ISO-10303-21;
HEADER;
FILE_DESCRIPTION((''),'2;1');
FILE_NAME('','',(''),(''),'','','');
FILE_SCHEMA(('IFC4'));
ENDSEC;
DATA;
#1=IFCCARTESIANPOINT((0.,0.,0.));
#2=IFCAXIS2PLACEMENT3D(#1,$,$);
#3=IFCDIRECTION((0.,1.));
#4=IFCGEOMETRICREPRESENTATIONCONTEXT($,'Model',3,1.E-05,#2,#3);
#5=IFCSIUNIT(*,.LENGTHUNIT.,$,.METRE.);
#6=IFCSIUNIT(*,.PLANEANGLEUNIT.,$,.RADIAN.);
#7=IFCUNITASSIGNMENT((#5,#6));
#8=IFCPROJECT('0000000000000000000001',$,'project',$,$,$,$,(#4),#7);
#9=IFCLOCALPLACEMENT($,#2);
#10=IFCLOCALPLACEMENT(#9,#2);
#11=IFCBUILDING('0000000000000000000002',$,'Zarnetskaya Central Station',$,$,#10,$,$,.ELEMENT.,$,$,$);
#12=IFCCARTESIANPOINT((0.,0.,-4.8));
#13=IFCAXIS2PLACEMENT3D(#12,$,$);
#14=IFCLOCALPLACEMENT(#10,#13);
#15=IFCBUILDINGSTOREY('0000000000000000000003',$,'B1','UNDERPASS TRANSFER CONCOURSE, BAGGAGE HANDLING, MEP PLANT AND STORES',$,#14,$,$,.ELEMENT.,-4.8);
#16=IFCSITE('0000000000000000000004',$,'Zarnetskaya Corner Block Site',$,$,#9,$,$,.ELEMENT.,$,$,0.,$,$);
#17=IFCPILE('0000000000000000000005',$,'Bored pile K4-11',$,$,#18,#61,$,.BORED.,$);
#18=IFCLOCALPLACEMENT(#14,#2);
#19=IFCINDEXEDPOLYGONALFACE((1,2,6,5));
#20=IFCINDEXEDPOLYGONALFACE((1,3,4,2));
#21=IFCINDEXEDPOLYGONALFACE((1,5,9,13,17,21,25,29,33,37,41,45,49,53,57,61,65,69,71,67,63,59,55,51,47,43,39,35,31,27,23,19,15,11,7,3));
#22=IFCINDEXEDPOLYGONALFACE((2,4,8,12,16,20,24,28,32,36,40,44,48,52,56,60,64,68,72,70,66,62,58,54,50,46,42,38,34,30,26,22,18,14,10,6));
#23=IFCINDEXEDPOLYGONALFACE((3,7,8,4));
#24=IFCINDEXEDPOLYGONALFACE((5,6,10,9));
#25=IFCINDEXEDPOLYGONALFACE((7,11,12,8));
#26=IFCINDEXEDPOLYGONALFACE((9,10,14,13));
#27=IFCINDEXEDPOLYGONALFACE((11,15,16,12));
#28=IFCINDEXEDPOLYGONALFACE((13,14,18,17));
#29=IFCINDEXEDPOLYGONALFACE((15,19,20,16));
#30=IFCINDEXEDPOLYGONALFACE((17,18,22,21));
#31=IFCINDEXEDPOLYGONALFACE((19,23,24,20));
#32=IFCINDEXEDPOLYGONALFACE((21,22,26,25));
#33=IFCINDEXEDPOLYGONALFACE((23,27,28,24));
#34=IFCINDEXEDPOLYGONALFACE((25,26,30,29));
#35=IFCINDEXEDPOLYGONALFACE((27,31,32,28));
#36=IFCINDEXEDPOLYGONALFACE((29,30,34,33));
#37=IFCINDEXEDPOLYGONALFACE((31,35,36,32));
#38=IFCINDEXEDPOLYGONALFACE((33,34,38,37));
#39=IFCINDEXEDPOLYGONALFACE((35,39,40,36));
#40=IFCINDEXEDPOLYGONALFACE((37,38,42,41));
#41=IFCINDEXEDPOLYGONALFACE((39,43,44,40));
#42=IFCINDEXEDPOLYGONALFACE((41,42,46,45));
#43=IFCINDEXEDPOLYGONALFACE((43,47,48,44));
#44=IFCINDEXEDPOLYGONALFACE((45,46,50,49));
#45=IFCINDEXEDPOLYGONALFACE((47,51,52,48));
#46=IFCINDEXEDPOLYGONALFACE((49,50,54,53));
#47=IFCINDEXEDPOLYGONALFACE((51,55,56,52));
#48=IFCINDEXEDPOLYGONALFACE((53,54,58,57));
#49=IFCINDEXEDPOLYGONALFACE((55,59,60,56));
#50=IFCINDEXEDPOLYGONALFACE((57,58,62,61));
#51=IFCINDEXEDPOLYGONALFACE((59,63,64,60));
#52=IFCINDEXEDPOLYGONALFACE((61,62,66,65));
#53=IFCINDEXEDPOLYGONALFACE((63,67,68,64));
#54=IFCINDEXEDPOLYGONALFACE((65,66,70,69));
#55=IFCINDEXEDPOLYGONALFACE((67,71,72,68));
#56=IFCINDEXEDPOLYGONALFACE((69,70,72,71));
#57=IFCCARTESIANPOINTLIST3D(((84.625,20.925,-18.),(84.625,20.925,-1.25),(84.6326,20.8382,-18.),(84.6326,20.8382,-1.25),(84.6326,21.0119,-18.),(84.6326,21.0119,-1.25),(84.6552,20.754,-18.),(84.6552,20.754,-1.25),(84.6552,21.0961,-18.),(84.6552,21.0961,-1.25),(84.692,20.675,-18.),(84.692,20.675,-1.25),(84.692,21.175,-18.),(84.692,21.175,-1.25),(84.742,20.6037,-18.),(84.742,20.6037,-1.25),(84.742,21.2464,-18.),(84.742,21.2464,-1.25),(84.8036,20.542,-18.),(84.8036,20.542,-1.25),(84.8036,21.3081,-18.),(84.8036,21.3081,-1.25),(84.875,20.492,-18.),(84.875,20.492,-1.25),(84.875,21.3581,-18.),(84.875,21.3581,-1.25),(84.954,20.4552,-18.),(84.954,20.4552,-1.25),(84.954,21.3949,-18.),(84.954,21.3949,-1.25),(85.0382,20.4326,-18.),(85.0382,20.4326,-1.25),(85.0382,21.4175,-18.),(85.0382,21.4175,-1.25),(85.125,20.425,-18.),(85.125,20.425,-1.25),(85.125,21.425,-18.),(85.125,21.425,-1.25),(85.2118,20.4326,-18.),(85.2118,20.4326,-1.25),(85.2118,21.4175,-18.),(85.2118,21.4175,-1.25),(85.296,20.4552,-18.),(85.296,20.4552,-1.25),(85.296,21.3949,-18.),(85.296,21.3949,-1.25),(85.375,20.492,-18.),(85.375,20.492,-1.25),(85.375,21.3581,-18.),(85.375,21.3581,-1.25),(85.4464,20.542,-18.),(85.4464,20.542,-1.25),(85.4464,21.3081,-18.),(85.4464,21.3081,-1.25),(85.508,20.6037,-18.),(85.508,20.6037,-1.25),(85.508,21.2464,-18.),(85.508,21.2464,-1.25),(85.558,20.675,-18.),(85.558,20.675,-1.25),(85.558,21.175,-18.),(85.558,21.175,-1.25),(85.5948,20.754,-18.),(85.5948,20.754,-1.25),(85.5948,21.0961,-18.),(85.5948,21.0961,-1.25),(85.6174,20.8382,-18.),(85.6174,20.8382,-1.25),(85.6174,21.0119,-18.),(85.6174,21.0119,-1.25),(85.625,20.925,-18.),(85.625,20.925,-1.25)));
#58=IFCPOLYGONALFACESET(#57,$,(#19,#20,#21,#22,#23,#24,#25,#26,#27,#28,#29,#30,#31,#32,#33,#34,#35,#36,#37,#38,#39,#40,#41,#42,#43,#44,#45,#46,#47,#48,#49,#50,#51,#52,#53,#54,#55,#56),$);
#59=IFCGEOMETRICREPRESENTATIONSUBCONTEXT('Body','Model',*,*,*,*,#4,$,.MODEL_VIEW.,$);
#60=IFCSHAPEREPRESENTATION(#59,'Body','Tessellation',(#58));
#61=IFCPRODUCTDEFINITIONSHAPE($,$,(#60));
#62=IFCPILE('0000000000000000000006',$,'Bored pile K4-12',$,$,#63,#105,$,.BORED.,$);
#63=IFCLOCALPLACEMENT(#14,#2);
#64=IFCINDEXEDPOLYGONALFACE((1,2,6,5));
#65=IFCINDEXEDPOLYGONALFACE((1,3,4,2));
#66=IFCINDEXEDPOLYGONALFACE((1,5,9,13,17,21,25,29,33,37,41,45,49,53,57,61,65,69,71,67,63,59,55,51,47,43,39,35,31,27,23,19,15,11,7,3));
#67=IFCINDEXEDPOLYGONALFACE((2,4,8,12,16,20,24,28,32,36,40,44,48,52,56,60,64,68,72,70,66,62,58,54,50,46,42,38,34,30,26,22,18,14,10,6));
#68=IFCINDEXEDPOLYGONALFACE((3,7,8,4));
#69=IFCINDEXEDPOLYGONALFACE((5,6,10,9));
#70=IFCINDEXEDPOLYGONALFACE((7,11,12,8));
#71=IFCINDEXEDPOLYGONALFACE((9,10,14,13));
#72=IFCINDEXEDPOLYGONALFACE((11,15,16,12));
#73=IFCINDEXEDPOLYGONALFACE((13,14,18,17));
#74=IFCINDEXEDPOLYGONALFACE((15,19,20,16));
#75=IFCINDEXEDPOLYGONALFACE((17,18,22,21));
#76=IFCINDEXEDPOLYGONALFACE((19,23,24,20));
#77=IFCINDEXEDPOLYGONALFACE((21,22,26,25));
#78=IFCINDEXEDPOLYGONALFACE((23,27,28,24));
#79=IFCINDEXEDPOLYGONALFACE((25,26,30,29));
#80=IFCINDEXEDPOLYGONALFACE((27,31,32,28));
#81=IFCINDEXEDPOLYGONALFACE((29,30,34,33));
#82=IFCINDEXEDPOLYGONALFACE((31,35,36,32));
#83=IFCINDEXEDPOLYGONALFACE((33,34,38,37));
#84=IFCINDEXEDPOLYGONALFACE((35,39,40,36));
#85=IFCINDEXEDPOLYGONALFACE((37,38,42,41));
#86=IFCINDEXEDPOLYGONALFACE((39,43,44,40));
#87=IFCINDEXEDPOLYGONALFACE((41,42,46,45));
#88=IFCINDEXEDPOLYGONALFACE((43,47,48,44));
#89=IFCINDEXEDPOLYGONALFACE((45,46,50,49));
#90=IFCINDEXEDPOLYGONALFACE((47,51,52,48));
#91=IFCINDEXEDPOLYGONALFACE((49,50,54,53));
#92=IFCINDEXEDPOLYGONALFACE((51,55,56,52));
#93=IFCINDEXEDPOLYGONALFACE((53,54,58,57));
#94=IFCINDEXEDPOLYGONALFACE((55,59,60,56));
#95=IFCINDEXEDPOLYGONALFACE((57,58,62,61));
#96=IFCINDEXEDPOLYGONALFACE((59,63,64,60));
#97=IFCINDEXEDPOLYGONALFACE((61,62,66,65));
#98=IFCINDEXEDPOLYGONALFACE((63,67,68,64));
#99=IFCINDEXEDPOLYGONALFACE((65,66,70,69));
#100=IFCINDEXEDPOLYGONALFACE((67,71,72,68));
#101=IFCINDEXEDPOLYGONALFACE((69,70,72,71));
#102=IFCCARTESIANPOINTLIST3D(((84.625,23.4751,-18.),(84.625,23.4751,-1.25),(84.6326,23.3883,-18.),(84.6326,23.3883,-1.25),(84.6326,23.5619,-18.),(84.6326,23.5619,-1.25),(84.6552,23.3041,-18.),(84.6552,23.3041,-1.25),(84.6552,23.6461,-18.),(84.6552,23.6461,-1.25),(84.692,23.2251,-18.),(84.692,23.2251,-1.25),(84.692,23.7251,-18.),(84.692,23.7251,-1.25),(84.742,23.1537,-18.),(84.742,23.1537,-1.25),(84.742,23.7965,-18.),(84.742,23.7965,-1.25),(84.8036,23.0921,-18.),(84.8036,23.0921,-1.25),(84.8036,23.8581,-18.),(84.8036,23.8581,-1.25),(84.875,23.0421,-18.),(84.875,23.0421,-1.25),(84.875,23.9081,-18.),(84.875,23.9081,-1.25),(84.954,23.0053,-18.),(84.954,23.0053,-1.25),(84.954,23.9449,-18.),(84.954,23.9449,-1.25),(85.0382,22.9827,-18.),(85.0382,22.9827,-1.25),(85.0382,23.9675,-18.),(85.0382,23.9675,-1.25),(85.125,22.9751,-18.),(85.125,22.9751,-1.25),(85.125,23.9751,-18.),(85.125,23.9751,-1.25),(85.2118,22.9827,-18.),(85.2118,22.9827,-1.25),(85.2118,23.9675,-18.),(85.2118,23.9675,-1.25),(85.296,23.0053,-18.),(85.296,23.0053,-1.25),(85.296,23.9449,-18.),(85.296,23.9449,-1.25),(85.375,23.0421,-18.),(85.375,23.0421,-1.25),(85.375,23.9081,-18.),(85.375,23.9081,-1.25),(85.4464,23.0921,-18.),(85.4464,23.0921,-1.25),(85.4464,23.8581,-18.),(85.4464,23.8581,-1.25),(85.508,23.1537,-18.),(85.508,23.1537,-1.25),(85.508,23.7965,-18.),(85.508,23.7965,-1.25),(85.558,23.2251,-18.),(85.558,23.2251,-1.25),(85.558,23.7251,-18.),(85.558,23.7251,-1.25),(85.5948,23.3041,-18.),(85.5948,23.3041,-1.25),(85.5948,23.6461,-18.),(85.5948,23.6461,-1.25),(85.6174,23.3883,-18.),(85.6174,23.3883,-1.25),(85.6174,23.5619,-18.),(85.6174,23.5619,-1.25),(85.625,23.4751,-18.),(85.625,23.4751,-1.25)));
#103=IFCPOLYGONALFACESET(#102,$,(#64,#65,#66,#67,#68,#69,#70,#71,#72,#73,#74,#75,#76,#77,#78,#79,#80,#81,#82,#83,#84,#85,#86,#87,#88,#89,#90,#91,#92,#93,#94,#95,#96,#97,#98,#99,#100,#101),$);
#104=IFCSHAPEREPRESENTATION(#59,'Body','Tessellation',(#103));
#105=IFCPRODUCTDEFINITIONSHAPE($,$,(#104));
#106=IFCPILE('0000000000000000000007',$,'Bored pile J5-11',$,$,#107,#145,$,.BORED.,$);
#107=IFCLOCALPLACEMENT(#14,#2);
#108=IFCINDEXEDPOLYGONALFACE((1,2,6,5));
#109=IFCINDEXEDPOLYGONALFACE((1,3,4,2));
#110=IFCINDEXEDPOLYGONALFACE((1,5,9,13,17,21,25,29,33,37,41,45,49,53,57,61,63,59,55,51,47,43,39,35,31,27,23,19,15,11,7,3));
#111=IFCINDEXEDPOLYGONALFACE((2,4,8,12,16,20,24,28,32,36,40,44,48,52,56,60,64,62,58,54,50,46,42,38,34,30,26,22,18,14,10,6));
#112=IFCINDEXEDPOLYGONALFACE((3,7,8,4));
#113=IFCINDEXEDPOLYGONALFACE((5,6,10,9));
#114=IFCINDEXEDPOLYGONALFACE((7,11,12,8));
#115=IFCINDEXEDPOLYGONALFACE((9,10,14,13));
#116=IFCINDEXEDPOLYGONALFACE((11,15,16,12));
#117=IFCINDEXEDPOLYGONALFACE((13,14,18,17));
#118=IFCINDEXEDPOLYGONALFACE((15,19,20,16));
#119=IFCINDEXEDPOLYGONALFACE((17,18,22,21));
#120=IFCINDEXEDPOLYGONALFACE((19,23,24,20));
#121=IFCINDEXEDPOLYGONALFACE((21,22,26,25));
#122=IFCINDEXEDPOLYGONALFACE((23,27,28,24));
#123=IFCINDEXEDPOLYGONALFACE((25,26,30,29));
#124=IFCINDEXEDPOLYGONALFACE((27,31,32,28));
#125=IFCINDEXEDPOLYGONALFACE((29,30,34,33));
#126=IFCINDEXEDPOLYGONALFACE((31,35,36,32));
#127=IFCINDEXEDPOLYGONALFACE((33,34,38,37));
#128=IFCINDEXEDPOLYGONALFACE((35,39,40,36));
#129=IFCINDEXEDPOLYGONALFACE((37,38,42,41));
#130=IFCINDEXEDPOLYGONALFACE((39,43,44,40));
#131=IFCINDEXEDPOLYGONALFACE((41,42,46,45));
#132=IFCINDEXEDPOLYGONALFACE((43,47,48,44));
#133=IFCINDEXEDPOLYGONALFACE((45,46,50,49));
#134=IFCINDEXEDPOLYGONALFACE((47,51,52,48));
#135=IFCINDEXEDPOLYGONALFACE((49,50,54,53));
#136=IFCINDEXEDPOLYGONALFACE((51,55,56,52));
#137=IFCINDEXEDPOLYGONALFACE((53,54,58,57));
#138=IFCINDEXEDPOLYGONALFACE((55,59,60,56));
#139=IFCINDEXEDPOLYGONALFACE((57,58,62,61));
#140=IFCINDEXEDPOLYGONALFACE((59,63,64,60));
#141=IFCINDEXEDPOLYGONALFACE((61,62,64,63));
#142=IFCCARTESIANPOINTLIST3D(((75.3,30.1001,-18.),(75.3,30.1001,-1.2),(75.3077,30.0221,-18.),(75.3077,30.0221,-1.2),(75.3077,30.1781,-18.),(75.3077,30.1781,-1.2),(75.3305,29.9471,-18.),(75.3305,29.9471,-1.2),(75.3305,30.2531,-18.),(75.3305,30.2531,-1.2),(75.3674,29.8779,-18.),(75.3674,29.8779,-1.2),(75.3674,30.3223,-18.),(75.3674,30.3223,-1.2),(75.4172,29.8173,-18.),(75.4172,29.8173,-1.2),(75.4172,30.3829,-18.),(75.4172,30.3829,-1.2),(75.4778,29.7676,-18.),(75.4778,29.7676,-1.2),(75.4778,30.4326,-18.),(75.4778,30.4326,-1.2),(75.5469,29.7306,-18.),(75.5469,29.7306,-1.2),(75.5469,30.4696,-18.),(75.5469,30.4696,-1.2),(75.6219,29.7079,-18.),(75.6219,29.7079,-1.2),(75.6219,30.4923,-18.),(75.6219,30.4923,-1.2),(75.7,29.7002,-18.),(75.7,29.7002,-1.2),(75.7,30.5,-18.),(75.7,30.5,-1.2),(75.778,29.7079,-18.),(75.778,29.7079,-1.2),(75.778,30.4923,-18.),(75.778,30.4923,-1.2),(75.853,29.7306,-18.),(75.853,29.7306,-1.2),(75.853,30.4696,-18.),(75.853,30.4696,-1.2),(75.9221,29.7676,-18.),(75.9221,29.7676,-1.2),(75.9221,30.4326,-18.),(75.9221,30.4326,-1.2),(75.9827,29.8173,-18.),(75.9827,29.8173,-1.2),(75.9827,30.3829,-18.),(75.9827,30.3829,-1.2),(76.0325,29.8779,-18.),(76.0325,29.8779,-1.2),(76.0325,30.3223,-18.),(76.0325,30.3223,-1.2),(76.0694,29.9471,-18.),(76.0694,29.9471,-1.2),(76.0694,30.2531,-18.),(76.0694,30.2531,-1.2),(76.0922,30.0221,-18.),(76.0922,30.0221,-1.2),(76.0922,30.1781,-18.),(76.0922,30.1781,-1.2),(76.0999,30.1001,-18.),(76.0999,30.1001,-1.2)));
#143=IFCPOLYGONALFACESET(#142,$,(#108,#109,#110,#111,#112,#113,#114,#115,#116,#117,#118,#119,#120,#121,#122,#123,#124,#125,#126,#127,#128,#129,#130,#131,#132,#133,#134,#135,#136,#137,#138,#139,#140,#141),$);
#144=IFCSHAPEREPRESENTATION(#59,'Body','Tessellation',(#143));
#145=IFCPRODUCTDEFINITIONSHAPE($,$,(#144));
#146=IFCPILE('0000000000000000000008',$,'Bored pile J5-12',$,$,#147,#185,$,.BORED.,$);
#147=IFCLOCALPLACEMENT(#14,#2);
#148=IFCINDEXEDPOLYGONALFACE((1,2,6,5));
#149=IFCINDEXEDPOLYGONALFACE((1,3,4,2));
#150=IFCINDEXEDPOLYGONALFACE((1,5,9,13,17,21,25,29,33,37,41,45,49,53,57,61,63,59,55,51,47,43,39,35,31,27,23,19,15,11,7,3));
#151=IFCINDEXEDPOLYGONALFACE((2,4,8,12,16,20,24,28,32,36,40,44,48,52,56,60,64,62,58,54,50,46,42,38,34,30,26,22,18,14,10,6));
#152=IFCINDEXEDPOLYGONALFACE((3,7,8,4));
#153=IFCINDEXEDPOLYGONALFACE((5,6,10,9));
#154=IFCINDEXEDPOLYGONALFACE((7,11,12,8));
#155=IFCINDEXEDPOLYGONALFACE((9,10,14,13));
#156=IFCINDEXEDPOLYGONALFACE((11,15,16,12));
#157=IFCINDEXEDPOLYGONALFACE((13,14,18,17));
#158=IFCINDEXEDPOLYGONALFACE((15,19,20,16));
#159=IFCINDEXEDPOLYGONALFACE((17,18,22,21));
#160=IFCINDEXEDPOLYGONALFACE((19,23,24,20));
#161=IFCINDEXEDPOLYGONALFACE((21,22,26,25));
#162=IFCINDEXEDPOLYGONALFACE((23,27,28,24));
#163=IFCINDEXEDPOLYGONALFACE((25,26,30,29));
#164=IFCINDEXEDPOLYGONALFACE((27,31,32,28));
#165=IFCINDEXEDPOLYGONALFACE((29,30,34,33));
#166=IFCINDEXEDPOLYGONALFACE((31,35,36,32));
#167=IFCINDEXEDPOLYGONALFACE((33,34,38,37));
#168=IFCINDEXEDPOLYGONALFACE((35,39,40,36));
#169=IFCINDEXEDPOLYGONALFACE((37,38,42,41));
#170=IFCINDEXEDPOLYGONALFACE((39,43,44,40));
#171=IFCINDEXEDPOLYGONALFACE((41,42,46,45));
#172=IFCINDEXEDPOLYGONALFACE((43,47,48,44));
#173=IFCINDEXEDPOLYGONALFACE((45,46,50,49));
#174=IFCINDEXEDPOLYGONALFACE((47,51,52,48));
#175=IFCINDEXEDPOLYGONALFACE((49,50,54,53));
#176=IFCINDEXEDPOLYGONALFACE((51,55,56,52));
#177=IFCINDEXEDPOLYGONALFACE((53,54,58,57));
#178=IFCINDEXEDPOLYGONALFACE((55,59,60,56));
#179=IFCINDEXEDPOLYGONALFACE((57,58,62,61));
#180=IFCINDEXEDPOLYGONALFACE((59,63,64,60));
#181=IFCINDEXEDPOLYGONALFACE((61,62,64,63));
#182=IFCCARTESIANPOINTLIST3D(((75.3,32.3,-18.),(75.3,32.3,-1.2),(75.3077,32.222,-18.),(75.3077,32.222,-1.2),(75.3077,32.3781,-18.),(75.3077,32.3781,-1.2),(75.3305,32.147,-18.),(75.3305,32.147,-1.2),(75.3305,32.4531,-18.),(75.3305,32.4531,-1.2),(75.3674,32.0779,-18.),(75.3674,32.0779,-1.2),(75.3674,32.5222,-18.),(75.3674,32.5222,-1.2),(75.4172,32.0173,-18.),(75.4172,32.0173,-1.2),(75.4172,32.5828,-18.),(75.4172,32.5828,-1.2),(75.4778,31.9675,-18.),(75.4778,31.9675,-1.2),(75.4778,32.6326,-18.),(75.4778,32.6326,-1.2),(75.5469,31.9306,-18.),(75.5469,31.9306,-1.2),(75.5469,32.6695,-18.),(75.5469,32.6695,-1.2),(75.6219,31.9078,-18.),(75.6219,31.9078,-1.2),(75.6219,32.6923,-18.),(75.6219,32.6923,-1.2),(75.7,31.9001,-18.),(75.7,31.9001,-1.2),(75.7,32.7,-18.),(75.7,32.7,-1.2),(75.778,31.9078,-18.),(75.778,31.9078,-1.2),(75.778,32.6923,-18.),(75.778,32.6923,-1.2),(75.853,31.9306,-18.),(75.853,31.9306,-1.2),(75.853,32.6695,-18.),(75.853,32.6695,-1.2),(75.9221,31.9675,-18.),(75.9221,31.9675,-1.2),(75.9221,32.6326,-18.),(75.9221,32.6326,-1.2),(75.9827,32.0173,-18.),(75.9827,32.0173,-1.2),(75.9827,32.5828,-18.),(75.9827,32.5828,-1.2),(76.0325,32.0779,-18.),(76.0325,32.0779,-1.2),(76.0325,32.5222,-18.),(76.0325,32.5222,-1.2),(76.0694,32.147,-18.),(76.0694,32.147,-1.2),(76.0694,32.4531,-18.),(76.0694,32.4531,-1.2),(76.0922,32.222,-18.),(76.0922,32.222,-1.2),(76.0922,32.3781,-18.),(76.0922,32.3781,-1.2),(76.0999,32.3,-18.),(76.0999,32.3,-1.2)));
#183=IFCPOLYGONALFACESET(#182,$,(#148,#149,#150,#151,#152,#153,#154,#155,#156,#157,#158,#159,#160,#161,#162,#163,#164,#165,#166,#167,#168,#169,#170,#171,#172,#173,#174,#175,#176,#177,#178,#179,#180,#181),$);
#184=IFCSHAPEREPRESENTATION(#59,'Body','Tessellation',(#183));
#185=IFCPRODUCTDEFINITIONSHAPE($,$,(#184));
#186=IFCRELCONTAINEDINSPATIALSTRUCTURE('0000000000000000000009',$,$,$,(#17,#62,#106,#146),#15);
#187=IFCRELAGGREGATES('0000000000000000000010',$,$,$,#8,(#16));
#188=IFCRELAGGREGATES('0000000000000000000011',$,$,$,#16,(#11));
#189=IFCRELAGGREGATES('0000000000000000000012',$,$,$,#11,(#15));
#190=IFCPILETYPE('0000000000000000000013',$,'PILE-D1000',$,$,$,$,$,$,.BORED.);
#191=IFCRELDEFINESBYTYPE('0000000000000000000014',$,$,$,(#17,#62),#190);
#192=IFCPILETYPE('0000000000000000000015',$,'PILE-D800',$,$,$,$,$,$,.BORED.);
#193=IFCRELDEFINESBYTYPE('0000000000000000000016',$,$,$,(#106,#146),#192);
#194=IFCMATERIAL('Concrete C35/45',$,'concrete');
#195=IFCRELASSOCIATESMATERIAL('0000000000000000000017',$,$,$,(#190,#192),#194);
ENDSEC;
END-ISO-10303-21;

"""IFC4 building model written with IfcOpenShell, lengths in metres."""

from ifc_helpers import new_model, si_unit, direction, frame, origin, origin_2d, place, context, subcontext, project, spatial, circle, extrude, material, material_profile, profile_set, type_object, element, save


model = new_model("IFC4")

# Units and contexts
model_context = context("Model", 3, precision=1e-05, world=origin(), true_north=direction((0.0, 1.0)))
body_context = subcontext(model_context, "Body", "Model", "MODEL_VIEW")
ifc_project = project(units=[si_unit("LENGTHUNIT", "METRE"), si_unit("PLANEANGLEUNIT", "RADIAN")], contexts=[model_context])

# Site, building, storey
site_placement = place(None, origin())
site = spatial("IfcSite", under=ifc_project, at=site_placement, Name="Zarnetskaya Corner Block Site", CompositionType="ELEMENT", RefElevation=0.0)
building_placement = place(site_placement, origin())
building = spatial("IfcBuilding", under=site, at=building_placement, Name="Zarnetskaya Central Station", CompositionType="ELEMENT")
storey_placement = place(building_placement, frame((0.0, 0.0, -4.8)))
storey = spatial("IfcBuildingStorey", under=building, at=storey_placement, Name="B1", Description="UNDERPASS TRANSFER CONCOURSE, BAGGAGE HANDLING, MEP PLANT AND STORES", CompositionType="ELEMENT", Elevation=-4.8)

# Shared definitions
ifc_material = material(Name="Concrete C35/45", Category="concrete")

# Piles
ifc_material_profile_1 = material_profile(ifc_material, circle(Radius=0.5, at=origin_2d()), Name="BORED PILE D1000")
ifc_profile_set_1 = profile_set([ifc_material_profile_1], Name="Concrete C35/45")
pile_type_1 = type_object("IfcPileType", Name="PILE-D1000", PredefinedType="BORED", material=ifc_profile_set_1)
for number, where, z_axis, x_axis, name in (
    (1, (85.125, 20.925, -1.25), (0.0, 0.0, -1.0), (1.0, 0.0, 0.0), "Bored pile K4-11"),
    (2, (85.125, 23.4751, -1.25), (0.0, 0.0, -1.0), (1.0, 0.0, 0.0), "Bored pile K4-12"),
):
    element("IfcPile", number, at=place(storey_placement, frame(where, z_axis=z_axis, x_axis=x_axis)), inside=storey, type_object=pile_type_1, Name=name, PredefinedType="BORED", context=body_context, shape_type="SweptSolid", body=[
        extrude(circle(Radius=0.5, at=origin_2d()), origin(), (0.0, 0.0, 1.0), 16.75),
    ])
ifc_material_profile_2 = material_profile(ifc_material, circle(Radius=0.3999, at=origin_2d()), Name="BORED PILE D800")
ifc_profile_set_2 = profile_set([ifc_material_profile_2], Name="Concrete C35/45")
pile_type_2 = type_object("IfcPileType", Name="PILE-D800", PredefinedType="BORED", material=ifc_profile_set_2)
for number, where, z_axis, x_axis, name in (
    (3, (75.7, 30.1001, -1.2), (0.0, 0.0, -1.0), (1.0, 0.0, 0.0), "Bored pile J5-11"),
    (4, (75.7, 32.3, -1.2), (0.0, 0.0, -1.0), (1.0, 0.0, 0.0), "Bored pile J5-12"),
):
    element("IfcPile", number, at=place(storey_placement, frame(where, z_axis=z_axis, x_axis=x_axis)), inside=storey, type_object=pile_type_2, Name=name, PredefinedType="BORED", context=body_context, shape_type="SweptSolid", body=[
        extrude(circle(Radius=0.3999, at=origin_2d()), origin(), (0.0, 0.0, 1.0), 16.8),
    ])

save(model, "model.ifc")
